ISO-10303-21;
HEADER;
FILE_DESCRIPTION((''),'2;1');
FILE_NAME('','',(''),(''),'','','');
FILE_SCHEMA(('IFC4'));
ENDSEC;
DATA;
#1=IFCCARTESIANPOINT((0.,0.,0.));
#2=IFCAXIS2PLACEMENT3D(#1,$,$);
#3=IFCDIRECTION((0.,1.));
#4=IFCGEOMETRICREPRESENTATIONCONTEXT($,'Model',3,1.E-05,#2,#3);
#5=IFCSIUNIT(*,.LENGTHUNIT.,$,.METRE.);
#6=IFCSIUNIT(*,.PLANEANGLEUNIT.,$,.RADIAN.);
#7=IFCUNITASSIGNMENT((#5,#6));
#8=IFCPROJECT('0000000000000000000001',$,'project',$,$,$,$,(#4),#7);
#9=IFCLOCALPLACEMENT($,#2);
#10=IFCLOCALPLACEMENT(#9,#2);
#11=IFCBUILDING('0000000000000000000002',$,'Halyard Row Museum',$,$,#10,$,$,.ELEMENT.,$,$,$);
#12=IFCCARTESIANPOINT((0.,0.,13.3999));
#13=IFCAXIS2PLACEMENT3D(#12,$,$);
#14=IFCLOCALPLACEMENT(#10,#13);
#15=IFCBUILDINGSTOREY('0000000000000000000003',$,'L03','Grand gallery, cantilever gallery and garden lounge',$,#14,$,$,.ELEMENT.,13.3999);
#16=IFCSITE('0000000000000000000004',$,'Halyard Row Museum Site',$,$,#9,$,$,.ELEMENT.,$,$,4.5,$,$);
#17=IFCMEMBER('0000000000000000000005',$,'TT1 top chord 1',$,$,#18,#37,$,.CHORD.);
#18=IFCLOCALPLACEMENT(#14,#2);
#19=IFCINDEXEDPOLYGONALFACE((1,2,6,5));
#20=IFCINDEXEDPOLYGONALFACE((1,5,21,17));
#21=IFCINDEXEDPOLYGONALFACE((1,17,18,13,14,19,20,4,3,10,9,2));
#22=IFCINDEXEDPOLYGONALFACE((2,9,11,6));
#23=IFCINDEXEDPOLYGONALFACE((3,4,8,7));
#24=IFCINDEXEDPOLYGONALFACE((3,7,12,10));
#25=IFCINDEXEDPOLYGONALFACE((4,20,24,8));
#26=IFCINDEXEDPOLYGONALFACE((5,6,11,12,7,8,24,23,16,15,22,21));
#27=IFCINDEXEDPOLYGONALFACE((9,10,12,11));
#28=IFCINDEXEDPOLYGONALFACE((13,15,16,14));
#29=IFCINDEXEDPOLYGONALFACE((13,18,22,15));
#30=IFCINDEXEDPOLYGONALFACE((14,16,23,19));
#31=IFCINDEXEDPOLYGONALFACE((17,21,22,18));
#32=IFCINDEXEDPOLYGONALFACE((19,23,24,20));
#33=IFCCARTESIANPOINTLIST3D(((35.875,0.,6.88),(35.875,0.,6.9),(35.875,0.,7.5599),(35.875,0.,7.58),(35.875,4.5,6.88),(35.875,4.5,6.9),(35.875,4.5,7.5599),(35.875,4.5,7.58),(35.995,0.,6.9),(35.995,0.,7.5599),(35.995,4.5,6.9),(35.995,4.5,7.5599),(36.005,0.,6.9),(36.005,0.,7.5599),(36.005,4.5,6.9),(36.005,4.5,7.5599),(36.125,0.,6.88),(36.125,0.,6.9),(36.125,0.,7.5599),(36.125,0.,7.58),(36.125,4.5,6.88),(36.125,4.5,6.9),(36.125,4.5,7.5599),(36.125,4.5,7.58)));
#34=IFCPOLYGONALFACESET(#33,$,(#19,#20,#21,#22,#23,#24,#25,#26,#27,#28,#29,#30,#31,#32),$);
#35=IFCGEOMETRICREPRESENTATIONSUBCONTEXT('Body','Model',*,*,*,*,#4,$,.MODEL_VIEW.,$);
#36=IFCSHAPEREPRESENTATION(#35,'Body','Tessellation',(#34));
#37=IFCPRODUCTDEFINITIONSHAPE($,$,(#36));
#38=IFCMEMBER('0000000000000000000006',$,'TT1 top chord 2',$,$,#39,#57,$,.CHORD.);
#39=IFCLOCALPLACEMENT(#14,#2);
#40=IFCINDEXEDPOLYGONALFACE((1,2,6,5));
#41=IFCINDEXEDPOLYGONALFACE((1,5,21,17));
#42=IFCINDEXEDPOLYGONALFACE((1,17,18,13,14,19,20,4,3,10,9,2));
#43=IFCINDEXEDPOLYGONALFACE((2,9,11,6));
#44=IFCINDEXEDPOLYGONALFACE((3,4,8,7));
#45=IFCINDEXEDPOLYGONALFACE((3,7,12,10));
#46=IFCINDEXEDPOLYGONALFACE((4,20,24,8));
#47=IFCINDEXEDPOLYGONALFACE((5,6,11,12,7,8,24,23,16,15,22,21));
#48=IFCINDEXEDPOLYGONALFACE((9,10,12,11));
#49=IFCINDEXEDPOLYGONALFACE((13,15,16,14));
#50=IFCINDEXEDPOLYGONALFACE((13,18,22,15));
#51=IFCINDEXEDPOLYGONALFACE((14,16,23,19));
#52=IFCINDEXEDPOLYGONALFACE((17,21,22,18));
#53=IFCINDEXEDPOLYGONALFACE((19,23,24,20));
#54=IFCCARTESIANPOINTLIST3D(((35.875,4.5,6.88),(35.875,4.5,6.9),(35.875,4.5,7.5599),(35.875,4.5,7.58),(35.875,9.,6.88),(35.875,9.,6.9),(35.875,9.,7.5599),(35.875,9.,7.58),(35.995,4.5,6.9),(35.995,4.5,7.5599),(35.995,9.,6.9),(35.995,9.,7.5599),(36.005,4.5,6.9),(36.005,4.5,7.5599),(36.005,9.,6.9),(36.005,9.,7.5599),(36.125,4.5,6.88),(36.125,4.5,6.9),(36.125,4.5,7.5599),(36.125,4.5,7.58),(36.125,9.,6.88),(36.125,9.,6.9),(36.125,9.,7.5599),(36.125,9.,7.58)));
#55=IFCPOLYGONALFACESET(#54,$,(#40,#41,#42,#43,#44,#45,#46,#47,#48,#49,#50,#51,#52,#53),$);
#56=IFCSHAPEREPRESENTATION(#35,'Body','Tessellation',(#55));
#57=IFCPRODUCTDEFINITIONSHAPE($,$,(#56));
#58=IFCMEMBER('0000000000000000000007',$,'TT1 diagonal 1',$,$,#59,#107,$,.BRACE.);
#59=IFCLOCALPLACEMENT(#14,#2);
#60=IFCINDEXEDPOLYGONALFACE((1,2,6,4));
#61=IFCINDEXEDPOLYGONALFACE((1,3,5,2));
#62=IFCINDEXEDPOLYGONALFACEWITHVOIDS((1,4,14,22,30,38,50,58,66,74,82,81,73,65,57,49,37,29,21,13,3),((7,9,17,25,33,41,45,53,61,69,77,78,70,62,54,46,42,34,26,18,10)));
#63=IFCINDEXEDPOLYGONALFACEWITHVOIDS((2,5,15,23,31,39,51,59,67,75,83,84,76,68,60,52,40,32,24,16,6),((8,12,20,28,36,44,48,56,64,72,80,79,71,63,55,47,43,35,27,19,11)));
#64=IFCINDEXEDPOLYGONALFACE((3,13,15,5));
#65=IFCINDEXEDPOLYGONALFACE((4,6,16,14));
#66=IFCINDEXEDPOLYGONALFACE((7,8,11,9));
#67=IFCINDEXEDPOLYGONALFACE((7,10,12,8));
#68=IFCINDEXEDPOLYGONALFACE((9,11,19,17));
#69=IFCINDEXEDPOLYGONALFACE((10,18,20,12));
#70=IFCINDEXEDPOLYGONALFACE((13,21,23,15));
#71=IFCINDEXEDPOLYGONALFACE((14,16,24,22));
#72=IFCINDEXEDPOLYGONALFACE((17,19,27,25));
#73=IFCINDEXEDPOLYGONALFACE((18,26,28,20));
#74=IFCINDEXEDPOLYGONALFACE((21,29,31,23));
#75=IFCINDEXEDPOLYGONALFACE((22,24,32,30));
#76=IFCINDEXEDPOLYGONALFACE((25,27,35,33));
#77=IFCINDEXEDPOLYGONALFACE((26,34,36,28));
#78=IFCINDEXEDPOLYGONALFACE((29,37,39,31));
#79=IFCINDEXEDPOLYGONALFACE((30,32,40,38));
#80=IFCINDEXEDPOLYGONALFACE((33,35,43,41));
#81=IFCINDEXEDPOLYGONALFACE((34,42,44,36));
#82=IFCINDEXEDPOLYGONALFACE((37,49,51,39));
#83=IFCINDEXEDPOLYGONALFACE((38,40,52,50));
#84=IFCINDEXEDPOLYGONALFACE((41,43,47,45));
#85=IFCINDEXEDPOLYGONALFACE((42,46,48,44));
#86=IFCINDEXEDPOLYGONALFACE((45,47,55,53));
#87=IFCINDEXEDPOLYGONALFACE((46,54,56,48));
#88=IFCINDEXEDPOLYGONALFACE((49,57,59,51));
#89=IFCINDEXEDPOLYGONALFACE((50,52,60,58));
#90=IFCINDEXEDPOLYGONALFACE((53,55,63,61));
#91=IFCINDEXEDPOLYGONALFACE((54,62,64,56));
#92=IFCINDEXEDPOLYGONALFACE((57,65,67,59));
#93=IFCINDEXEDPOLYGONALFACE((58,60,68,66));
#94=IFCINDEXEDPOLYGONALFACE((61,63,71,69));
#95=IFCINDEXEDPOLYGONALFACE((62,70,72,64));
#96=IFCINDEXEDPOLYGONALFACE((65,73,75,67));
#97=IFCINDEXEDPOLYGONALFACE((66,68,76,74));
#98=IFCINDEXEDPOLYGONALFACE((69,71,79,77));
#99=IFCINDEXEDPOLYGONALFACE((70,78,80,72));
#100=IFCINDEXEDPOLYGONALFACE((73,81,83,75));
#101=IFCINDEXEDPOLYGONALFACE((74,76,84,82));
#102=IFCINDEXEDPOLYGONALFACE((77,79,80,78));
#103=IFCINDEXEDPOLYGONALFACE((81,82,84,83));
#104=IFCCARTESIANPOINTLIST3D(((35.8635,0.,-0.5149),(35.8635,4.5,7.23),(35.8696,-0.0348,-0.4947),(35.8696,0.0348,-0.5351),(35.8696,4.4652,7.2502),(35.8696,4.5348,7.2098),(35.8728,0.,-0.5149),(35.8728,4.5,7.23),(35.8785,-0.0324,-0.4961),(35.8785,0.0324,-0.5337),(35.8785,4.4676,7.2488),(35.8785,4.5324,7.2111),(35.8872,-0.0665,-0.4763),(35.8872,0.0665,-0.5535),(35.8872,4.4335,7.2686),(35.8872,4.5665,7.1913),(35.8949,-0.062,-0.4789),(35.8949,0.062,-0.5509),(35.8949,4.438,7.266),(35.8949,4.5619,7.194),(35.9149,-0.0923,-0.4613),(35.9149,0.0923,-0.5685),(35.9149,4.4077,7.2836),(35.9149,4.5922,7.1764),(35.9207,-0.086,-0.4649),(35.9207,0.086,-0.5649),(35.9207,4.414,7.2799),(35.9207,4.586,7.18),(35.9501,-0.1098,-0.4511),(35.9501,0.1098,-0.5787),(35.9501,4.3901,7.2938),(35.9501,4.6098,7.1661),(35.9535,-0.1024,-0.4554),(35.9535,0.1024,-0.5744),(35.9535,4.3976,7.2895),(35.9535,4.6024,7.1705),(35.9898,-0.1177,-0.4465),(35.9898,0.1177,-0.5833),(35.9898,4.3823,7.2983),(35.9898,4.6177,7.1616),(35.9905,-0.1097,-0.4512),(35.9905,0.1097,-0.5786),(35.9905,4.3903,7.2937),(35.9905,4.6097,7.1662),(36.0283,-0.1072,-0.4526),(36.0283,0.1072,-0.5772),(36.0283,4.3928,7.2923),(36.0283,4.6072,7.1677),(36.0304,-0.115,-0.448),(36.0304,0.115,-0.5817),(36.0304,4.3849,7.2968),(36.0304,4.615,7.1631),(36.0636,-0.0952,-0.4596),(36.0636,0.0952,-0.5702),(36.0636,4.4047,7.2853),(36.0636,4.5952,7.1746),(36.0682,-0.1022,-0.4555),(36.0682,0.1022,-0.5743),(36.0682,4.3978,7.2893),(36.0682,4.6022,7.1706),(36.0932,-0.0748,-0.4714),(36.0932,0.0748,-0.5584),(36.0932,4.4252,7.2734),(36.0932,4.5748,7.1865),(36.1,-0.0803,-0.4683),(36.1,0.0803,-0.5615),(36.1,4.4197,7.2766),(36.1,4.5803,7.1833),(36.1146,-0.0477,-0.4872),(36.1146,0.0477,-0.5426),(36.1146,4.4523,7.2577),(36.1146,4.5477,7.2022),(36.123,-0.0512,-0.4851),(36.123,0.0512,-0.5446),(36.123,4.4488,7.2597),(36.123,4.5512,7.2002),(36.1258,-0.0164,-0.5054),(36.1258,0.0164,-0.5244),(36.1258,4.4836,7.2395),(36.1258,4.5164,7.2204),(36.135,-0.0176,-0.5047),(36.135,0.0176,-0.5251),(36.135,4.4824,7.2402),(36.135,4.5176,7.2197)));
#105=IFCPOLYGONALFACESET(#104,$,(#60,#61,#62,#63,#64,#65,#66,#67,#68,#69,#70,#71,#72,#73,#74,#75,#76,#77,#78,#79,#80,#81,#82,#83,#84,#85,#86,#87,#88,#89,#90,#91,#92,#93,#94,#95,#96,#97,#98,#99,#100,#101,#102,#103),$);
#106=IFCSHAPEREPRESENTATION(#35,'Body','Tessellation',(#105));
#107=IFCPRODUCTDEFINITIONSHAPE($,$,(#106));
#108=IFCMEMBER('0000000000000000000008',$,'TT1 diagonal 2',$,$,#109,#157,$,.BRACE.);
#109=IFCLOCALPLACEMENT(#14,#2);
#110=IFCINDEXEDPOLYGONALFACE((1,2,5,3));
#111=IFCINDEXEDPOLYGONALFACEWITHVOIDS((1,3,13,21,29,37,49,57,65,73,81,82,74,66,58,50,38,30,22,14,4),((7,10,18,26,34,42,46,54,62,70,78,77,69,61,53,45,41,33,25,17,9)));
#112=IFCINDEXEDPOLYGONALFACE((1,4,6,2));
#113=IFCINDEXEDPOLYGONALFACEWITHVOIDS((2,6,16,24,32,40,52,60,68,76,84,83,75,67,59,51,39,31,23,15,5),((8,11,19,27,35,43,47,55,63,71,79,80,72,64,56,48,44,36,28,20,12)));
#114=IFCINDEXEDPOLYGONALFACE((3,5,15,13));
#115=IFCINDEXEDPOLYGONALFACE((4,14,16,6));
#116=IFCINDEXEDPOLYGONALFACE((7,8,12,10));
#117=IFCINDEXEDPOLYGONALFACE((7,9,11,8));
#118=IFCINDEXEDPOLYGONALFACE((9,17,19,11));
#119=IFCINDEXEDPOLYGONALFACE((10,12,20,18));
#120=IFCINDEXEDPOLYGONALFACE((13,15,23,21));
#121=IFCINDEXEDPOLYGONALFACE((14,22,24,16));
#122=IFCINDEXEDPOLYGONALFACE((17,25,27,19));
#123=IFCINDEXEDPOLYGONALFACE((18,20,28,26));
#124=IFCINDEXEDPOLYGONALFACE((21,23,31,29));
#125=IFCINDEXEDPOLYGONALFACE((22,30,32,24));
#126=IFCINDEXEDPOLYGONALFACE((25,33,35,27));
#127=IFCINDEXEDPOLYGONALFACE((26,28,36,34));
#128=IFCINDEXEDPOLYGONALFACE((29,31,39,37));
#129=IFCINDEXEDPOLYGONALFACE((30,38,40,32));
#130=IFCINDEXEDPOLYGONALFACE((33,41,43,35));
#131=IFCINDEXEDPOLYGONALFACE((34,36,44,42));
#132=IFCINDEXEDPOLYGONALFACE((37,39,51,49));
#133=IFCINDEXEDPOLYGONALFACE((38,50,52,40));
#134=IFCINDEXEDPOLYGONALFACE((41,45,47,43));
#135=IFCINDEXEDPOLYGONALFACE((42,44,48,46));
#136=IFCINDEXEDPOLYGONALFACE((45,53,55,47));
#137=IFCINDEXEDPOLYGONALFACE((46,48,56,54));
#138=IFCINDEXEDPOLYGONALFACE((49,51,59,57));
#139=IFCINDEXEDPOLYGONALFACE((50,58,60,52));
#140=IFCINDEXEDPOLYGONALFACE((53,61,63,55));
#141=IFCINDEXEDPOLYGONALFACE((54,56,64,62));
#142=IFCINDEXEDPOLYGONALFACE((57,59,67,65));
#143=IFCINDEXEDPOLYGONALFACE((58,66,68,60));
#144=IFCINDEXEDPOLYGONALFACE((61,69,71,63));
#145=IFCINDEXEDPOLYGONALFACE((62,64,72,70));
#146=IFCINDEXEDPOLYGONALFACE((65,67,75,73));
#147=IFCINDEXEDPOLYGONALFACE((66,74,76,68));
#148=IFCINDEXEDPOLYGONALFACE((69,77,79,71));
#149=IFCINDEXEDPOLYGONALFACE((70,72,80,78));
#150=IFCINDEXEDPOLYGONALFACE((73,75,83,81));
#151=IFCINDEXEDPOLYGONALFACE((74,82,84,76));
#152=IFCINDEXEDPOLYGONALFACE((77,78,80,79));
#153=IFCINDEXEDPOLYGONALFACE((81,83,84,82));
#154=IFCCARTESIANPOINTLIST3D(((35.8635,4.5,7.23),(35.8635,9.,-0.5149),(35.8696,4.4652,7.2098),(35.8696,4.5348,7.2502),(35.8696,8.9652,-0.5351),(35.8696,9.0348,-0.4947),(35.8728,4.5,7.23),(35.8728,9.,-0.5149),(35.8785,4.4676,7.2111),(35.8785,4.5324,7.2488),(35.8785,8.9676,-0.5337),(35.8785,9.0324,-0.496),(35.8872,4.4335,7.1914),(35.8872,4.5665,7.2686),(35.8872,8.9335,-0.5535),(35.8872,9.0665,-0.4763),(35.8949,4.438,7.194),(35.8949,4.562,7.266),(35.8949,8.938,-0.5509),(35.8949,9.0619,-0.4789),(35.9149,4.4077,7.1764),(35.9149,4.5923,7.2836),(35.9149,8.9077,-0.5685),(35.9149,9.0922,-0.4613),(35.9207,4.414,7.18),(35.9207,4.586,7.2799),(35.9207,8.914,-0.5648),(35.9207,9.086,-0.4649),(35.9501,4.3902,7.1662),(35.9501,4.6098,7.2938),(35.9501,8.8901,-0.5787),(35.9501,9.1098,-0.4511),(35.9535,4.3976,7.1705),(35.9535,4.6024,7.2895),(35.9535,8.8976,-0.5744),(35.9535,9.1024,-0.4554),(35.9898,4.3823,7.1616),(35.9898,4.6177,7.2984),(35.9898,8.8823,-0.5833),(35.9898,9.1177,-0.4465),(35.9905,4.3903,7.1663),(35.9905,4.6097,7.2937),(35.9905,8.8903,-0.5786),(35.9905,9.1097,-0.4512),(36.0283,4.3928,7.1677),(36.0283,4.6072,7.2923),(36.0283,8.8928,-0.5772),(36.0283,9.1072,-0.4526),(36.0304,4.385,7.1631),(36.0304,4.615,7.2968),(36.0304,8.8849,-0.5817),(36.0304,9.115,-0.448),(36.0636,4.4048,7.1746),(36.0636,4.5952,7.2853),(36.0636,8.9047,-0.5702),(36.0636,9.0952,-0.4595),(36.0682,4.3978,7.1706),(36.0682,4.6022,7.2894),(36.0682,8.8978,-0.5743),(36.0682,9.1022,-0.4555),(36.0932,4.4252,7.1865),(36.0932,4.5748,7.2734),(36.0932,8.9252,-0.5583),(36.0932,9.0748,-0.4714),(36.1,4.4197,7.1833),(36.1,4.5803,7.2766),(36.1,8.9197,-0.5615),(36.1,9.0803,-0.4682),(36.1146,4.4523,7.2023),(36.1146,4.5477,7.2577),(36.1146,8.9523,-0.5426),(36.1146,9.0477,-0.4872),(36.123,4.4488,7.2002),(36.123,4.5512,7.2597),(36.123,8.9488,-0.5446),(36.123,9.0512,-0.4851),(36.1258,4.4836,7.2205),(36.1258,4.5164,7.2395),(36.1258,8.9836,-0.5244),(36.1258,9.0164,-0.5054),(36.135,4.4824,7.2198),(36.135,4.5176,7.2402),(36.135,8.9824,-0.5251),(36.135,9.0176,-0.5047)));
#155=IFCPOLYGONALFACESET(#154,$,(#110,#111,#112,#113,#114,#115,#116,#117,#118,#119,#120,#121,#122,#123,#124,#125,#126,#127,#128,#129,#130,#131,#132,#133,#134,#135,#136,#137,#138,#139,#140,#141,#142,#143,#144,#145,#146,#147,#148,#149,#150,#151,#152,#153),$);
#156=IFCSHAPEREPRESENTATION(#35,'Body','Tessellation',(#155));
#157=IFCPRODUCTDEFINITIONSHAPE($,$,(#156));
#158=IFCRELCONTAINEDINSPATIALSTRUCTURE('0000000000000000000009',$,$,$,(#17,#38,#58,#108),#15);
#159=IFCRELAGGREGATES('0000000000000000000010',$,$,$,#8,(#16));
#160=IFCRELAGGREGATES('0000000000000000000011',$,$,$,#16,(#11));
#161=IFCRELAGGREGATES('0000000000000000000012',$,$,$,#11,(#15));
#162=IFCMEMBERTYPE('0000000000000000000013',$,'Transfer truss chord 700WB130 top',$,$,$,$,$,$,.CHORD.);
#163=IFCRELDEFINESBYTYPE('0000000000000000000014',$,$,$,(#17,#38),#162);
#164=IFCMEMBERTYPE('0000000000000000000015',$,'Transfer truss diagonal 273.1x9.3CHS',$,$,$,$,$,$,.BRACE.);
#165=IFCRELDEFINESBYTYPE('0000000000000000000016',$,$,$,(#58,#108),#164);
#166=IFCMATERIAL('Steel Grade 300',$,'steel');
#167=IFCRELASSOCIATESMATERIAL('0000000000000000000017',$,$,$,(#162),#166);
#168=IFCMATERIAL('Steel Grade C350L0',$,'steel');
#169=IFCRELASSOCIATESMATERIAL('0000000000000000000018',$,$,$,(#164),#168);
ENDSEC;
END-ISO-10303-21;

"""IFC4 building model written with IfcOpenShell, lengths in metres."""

from ifc_helpers import new_model, si_unit, direction, frame, origin, origin_2d, place, context, subcontext, project, spatial, hollow_circle, i_section, extrude, material, material_profile, profile_set, type_object, element, save


model = new_model("IFC4")

# Units and contexts
model_context = context("Model", 3, precision=1e-05, world=origin(), true_north=direction((0.0, 1.0)))
body_context = subcontext(model_context, "Body", "Model", "MODEL_VIEW")
ifc_project = project(units=[si_unit("LENGTHUNIT", "METRE"), si_unit("PLANEANGLEUNIT", "RADIAN")], contexts=[model_context])

# Site, building, storey
site_placement = place(None, origin())
site = spatial("IfcSite", under=ifc_project, at=site_placement, Name="Halyard Row Museum Site", CompositionType="ELEMENT", RefElevation=4.5)
building_placement = place(site_placement, origin())
building = spatial("IfcBuilding", under=site, at=building_placement, Name="Halyard Row Museum", CompositionType="ELEMENT")
storey_placement = place(building_placement, frame((0.0, 0.0, 13.3999)))
storey = spatial("IfcBuildingStorey", under=building, at=storey_placement, Name="L03", Description="Grand gallery, cantilever gallery and garden lounge", CompositionType="ELEMENT", Elevation=13.3999)

# Members
ifc_material_1 = material(Name="Steel Grade 300", Category="steel")
ifc_material_profile_1 = material_profile(ifc_material_1, i_section(OverallWidth=0.25, OverallDepth=0.7, WebThickness=0.01, FlangeThickness=0.02, at=origin_2d()), Name="700WB130")
ifc_profile_set_1 = profile_set([ifc_material_profile_1], Name="Steel Grade 300")
member_type_1 = type_object("IfcMemberType", Name="Transfer truss chord 700WB130 top", PredefinedType="CHORD", material=ifc_profile_set_1)
for number, where, z_axis, x_axis, name in (
    (1, (36.0, 0.0, 7.23), (0.0, 1.0, 0.0), (-1.0, 0.0, 0.0), "TT1 top chord 1"),
    (2, (36.0, 4.5, 7.23), (0.0, 1.0, 0.0), (-1.0, 0.0, 0.0), "TT1 top chord 2"),
):
    element("IfcMember", number, at=place(storey_placement, frame(where, z_axis=z_axis, x_axis=x_axis)), inside=storey, type_object=member_type_1, Name=name, PredefinedType="CHORD", context=body_context, shape_type="SweptSolid", body=[
        extrude(i_section(OverallWidth=0.25, OverallDepth=0.7, WebThickness=0.01, FlangeThickness=0.02, at=origin_2d()), origin(), (0.0, 0.0, 1.0), 4.5),
    ])
ifc_material_2 = material(Name="Steel Grade C350L0", Category="steel")
ifc_material_profile_2 = material_profile(ifc_material_2, hollow_circle(Radius=0.1365, WallThickness=0.0093, at=origin_2d()), Name="273.1x9.3CHS")
ifc_profile_set_2 = profile_set([ifc_material_profile_2], Name="Steel Grade C350L0")
member_type_2 = type_object("IfcMemberType", Name="Transfer truss diagonal 273.1x9.3CHS", PredefinedType="BRACE", material=ifc_profile_set_2)
for number, where, z_axis, x_axis, name in (
    (3, (36.0, 0.0, -0.5149), (0.0, 0.502384, 0.864645), (-1.0, 0.0, 0.0), "TT1 diagonal 1"),
    (4, (36.0, 4.5, 7.23), (0.0, 0.502384, -0.864645), (-1.0, 0.0, 0.0), "TT1 diagonal 2"),
):
    element("IfcMember", number, at=place(storey_placement, frame(where, z_axis=z_axis, x_axis=x_axis)), inside=storey, type_object=member_type_2, Name=name, PredefinedType="BRACE", context=body_context, shape_type="SweptSolid", body=[
        extrude(hollow_circle(Radius=0.1365, WallThickness=0.0093, at=origin_2d()), origin(), (0.0, 0.0, 1.0), 8.9573),
    ])

save(model, "model.ifc")
